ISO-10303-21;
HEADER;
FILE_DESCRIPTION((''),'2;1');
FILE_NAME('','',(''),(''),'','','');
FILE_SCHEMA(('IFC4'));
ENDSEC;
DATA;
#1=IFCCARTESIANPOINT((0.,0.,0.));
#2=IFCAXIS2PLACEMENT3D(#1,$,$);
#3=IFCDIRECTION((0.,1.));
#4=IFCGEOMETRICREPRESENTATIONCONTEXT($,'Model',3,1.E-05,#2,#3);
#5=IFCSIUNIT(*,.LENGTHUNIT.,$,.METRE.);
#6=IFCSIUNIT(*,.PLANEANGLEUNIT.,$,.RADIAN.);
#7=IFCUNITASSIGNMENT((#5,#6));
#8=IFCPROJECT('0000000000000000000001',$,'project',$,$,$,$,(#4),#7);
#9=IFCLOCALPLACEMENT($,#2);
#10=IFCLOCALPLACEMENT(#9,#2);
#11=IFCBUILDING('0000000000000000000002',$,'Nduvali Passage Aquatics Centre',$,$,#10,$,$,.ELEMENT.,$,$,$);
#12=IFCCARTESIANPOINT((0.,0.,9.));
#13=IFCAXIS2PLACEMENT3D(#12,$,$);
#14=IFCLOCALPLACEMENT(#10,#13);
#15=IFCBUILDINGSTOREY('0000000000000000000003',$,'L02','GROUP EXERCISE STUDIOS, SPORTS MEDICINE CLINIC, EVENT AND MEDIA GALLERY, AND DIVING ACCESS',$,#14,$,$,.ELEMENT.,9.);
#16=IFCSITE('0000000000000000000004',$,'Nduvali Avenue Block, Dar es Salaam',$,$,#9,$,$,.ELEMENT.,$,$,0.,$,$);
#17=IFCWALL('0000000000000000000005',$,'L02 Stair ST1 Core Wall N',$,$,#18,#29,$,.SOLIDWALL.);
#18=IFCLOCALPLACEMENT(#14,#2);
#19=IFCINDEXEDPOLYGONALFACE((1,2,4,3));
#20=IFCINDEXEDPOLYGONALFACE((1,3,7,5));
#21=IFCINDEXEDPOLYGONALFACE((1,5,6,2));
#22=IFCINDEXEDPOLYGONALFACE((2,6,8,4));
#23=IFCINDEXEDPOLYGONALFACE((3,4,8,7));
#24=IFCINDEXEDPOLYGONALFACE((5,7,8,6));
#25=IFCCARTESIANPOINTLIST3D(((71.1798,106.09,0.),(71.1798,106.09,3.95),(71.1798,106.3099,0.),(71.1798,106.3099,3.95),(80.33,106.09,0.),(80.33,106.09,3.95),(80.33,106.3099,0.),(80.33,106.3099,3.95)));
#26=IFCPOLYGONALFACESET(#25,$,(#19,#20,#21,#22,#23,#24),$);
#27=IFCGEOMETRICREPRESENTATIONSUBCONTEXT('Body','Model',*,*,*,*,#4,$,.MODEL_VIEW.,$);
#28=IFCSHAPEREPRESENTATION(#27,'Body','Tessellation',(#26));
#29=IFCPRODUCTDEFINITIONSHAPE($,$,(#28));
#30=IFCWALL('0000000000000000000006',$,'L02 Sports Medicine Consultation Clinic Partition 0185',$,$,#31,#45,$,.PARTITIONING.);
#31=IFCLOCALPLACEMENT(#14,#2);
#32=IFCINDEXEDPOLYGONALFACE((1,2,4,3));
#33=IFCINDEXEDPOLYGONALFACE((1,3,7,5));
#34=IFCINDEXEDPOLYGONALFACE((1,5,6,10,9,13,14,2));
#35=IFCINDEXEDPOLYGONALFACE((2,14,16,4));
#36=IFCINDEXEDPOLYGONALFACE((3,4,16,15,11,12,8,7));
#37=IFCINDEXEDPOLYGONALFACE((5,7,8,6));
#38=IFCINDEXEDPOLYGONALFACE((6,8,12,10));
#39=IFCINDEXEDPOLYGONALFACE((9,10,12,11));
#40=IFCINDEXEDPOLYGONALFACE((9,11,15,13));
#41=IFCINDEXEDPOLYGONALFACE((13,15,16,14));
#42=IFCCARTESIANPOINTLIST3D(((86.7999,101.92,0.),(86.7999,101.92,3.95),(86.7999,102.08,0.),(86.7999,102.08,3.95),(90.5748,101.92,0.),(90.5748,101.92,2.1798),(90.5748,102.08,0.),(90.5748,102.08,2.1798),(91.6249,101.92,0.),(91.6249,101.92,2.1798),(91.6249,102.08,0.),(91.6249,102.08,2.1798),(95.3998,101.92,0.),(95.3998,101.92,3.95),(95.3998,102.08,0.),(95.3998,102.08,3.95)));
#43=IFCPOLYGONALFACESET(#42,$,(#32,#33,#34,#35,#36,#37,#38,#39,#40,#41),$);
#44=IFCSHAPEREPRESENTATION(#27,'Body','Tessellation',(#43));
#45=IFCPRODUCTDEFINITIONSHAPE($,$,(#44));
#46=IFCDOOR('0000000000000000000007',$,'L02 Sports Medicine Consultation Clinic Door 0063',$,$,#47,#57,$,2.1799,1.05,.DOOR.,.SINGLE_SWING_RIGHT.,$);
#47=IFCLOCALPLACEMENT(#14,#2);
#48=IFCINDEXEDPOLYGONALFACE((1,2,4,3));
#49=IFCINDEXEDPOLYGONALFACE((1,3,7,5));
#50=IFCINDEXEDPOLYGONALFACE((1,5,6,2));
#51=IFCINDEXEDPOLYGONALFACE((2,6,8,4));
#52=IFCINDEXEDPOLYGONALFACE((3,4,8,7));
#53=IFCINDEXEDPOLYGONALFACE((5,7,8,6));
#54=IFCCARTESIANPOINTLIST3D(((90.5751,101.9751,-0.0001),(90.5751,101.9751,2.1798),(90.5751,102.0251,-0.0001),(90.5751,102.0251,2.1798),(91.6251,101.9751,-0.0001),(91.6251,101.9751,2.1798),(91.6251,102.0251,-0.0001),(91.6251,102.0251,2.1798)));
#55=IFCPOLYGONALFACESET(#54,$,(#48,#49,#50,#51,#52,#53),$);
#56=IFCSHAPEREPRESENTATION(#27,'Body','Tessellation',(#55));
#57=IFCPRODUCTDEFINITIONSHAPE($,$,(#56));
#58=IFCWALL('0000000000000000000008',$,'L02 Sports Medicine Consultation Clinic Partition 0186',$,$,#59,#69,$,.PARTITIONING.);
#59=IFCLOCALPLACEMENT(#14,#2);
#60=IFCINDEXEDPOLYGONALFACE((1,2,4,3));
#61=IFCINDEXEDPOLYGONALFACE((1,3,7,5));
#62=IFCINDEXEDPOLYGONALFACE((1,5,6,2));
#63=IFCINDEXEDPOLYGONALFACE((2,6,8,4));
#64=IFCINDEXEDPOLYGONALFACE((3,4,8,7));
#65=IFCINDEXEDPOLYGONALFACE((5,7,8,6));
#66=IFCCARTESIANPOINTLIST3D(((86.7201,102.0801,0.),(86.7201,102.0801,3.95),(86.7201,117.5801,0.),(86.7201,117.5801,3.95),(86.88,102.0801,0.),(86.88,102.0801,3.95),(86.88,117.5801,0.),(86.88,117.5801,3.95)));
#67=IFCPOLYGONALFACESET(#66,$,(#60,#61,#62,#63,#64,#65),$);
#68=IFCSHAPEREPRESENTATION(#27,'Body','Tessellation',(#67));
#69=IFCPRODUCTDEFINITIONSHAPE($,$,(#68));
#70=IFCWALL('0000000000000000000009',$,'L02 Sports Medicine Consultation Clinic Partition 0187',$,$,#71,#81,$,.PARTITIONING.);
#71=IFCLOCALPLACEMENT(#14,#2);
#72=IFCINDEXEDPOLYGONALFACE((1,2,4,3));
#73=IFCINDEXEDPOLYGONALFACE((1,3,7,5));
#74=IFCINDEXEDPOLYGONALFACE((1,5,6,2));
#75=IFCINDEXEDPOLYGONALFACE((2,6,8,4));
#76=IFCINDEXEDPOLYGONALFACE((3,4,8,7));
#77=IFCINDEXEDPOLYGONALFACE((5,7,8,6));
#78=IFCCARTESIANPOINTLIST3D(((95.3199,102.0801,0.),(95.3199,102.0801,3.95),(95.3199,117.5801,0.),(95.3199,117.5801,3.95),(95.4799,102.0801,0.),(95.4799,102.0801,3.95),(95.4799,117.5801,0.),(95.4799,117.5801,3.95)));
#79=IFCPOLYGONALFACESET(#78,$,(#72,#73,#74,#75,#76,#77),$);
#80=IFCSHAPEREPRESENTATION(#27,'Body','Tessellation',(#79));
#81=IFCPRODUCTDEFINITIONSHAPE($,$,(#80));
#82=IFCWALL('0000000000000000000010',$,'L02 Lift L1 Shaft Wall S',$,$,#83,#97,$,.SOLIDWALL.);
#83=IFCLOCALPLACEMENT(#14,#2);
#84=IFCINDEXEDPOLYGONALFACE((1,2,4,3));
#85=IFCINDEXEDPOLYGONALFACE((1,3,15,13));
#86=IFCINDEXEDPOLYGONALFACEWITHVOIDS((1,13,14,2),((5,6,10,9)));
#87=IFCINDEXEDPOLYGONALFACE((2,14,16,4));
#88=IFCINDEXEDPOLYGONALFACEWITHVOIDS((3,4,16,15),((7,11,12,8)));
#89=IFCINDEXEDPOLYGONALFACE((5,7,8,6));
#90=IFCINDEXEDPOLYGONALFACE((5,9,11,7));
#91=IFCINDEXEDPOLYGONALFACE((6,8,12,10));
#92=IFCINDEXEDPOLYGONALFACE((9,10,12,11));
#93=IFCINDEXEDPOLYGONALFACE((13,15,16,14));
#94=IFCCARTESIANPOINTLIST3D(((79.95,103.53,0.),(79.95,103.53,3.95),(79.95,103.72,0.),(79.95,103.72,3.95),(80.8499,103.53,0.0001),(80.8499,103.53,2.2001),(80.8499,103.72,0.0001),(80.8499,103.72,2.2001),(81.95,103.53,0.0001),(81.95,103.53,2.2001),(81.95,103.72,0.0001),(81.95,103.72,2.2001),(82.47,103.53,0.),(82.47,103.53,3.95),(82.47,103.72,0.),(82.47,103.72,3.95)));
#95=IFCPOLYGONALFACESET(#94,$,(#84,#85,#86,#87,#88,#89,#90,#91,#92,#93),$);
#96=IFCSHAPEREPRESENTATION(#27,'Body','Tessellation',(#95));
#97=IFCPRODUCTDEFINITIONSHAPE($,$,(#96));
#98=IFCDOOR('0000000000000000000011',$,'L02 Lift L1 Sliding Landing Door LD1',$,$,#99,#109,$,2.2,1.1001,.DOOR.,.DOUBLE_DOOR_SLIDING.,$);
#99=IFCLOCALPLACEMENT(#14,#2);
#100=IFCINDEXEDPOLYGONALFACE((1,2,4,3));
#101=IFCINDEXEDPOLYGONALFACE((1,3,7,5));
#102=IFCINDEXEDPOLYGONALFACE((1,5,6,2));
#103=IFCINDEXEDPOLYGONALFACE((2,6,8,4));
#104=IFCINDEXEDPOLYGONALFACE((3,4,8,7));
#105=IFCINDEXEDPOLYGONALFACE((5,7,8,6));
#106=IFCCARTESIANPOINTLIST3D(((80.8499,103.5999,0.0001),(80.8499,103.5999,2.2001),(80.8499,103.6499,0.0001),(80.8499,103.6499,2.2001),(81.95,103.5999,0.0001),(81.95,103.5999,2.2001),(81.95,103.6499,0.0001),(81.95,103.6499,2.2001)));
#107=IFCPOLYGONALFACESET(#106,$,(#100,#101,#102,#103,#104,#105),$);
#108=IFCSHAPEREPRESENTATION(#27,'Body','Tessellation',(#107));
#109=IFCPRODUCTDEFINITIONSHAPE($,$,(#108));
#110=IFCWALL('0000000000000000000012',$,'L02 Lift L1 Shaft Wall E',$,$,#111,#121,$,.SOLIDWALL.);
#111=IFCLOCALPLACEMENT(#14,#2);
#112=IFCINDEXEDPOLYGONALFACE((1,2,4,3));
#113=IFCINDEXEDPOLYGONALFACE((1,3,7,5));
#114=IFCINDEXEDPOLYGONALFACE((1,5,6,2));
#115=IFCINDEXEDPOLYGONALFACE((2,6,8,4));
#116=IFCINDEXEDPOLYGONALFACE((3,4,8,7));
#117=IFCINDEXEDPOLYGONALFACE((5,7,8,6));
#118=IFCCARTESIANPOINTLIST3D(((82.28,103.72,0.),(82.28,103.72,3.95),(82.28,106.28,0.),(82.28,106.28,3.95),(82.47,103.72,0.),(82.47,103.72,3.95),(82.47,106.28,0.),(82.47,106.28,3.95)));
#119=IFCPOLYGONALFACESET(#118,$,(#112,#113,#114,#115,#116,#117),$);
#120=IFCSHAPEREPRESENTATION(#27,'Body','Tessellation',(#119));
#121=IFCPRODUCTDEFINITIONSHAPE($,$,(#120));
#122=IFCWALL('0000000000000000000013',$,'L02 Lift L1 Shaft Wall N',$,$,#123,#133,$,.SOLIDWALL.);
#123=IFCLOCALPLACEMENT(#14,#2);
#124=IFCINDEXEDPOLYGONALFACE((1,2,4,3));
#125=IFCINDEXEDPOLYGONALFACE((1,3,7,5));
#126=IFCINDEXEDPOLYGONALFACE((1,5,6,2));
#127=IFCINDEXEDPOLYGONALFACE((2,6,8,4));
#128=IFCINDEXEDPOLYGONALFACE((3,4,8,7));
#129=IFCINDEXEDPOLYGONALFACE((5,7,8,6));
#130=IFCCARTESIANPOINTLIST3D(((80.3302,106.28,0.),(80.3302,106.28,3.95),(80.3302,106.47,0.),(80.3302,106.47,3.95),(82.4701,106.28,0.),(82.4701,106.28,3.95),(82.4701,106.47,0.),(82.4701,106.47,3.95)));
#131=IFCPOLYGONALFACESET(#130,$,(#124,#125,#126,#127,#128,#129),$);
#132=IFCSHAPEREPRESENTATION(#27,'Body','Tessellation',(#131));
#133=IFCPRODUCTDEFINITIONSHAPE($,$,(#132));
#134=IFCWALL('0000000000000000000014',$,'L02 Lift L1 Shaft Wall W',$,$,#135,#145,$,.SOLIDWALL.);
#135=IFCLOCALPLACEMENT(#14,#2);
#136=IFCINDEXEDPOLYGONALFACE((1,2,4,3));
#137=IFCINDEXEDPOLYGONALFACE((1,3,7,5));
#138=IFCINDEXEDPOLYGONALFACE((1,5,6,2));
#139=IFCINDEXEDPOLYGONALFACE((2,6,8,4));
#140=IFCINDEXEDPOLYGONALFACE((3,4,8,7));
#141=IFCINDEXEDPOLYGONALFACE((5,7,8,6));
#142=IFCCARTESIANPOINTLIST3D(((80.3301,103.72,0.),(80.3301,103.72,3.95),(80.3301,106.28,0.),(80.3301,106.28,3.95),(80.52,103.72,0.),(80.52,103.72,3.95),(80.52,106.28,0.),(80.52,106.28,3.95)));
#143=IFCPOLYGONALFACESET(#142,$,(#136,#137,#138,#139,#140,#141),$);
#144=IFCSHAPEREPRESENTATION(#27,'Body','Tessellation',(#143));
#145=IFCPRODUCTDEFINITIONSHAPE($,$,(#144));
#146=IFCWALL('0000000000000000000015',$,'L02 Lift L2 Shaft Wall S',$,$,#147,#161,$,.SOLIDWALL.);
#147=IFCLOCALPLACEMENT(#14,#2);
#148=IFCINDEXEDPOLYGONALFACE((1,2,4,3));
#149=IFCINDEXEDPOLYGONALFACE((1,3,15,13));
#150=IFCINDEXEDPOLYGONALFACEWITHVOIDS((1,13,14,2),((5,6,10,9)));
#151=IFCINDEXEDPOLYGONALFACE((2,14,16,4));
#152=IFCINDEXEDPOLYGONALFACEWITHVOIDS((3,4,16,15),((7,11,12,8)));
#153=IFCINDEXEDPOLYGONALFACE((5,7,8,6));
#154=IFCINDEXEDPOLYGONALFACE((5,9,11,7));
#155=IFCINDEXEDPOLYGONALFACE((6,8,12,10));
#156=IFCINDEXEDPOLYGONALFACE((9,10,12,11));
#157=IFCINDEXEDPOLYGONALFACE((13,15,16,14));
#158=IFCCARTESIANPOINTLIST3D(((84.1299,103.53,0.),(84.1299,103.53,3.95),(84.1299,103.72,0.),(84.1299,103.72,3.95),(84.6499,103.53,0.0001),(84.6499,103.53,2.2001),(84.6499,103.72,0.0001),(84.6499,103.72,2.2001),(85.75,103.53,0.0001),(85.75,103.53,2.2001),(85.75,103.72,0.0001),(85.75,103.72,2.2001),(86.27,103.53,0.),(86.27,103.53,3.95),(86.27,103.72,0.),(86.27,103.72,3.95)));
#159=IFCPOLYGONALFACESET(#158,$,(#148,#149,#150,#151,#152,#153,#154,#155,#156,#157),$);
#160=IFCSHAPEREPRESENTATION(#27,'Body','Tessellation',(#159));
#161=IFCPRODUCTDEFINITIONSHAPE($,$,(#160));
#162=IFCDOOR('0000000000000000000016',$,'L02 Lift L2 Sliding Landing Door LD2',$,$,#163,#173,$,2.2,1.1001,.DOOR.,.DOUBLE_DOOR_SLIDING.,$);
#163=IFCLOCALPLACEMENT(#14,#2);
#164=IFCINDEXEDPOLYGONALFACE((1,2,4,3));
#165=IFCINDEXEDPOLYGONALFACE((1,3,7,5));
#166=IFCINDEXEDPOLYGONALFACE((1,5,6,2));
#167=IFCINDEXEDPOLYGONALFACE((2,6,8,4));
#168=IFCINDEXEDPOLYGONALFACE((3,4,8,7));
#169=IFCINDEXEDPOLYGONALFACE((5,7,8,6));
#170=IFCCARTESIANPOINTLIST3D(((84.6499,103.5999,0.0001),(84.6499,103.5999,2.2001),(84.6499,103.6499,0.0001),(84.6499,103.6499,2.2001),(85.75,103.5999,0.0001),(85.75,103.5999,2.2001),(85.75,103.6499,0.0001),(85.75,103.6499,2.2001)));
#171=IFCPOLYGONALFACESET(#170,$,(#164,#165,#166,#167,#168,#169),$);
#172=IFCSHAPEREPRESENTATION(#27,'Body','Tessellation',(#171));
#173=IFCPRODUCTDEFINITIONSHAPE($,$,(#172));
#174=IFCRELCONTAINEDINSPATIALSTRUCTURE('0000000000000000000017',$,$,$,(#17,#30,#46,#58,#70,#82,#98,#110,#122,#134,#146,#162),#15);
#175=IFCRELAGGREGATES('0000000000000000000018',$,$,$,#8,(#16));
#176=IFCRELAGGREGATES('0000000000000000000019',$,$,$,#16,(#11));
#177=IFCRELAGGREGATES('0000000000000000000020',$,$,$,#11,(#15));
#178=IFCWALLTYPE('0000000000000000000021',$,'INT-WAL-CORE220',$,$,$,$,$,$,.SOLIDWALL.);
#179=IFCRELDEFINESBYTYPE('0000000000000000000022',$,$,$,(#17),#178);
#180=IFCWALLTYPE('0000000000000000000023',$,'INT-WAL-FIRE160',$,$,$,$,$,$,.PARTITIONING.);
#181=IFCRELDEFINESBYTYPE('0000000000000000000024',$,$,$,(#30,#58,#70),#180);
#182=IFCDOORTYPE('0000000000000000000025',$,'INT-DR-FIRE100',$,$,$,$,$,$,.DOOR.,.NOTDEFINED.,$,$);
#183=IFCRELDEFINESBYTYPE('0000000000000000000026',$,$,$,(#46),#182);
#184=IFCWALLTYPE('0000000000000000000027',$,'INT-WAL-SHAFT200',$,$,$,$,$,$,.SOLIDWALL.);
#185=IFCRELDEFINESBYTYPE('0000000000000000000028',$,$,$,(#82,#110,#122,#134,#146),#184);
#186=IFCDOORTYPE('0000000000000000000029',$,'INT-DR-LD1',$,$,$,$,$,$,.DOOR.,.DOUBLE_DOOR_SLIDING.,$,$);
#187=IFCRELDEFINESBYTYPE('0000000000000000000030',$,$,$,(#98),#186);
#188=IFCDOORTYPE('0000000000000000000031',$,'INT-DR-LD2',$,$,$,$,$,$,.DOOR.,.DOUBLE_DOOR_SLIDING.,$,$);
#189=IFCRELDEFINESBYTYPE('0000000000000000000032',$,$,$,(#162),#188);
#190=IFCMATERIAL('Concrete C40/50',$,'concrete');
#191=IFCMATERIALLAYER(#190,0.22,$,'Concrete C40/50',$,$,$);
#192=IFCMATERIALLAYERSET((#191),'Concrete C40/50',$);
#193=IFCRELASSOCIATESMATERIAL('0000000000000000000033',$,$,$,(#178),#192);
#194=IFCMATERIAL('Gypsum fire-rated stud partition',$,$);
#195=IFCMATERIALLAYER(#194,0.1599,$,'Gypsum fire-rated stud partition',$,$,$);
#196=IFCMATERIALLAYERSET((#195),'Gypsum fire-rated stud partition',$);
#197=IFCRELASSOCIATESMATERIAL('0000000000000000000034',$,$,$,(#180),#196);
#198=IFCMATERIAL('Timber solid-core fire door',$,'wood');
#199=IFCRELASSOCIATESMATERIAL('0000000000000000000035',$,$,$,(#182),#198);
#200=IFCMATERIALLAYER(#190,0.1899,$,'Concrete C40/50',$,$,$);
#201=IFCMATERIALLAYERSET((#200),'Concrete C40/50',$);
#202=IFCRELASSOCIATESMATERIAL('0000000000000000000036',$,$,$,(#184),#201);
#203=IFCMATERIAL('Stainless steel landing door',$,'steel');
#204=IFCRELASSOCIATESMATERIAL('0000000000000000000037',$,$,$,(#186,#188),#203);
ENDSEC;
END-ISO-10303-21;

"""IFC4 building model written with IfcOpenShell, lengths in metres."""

from ifc_helpers import new_model, si_unit, direction, frame, frame_2d, origin, place, context, subcontext, project, spatial, rectangle, extrude, material, layer, layer_set, type_object, element, fill, save


model = new_model("IFC4")

# Units and contexts
model_context = context("Model", 3, precision=1e-05, world=origin(), true_north=direction((0.0, 1.0)))
body_context = subcontext(model_context, "Body", "Model", "MODEL_VIEW")
ifc_project = project(units=[si_unit("LENGTHUNIT", "METRE"), si_unit("PLANEANGLEUNIT", "RADIAN")], contexts=[model_context])

# Site, building, storey
site_placement = place(None, origin())
site = spatial("IfcSite", under=ifc_project, at=site_placement, Name="Nduvali Avenue Block, Dar es Salaam", CompositionType="ELEMENT", RefElevation=0.0)
building_placement = place(site_placement, origin())
building = spatial("IfcBuilding", under=site, at=building_placement, Name="Nduvali Passage Aquatics Centre", CompositionType="ELEMENT")
storey_placement = place(building_placement, frame((0.0, 0.0, 9.0)))
storey = spatial("IfcBuildingStorey", under=building, at=storey_placement, Name="L02", Description="GROUP EXERCISE STUDIOS, SPORTS MEDICINE CLINIC, EVENT AND MEDIA GALLERY, AND DIVING ACCESS", CompositionType="ELEMENT", Elevation=9.0)

# Wall
ifc_material_1 = material(Name="Concrete C40/50", Category="concrete")
ifc_layer_1 = layer(ifc_material_1, 0.22, Name="Concrete C40/50")
ifc_layer_set_1 = layer_set([ifc_layer_1], Name="Concrete C40/50")
wall_type_1 = type_object("IfcWallType", Name="INT-WAL-CORE220", PredefinedType="SOLIDWALL", material=ifc_layer_set_1)
wall_1_placement = place(storey_placement, frame((80.3301, 106.2, 0.0), z_axis=(0.0, 0.0, 1.0), x_axis=(-1.0, 0.0, 0.0)))
element("IfcWall", 1, at=wall_1_placement, inside=storey, type_object=wall_type_1, Name="L02 Stair ST1 Core Wall N", PredefinedType="SOLIDWALL", context=body_context, shape_type="SweptSolid", body=[
    extrude(rectangle(XDim=9.1501, YDim=0.22, at=frame_2d((4.5752, 0.0))), origin(), (0.0, 0.0, 1.0), 3.95),
])

# Wall, opening, door
ifc_material_2 = material(Name="Gypsum fire-rated stud partition")
ifc_layer_2 = layer(ifc_material_2, 0.1599, Name="Gypsum fire-rated stud partition")
ifc_layer_set_2 = layer_set([ifc_layer_2], Name="Gypsum fire-rated stud partition")
wall_type_2 = type_object("IfcWallType", Name="INT-WAL-FIRE160", PredefinedType="PARTITIONING", material=ifc_layer_set_2)
wall_2_placement = place(storey_placement, frame((86.8, 102.0, 0.0), z_axis=(0.0, 0.0, 1.0), x_axis=(1.0, 0.0, 0.0)))
wall_2 = element("IfcWall", 2, at=wall_2_placement, inside=storey, type_object=wall_type_2, Name="L02 Sports Medicine Consultation Clinic Partition 0185", PredefinedType="PARTITIONING", context=body_context, shape_type="SweptSolid", body=[
    extrude(rectangle(XDim=8.5999, YDim=0.1599, at=frame_2d((4.2998, 0.0))), origin(), (0.0, 0.0, 1.0), 3.95),
])
opening_1_placement = place(wall_2_placement, frame((3.7749, 0.0, 0.0)))
opening_1 = element("IfcOpeningElement", 3, at=opening_1_placement, cuts=wall_2, PredefinedType="OPENING", context=body_context, shape_type="SweptSolid", body=[
    extrude(rectangle(XDim=1.05, YDim=2.1799, at=frame_2d((0.5249, 1.0898))), frame((0.0, 0.0947, 0.0), z_axis=(0.0, -1.0, 0.0), x_axis=(1.0, 0.0, 0.0)), (0.0, 0.0, 1.0), 0.1897),
])
ifc_material_3 = material(Name="Timber solid-core fire door", Category="wood")
door_type_1 = type_object("IfcDoorType", Name="INT-DR-FIRE100", OperationType="NOTDEFINED", PredefinedType="DOOR", material=ifc_material_3)
door_1_placement = place(opening_1_placement, frame((1.05, 0.0, 0.0), z_axis=(0.0, 0.0, 1.0), x_axis=(-1.0, 0.0, 0.0)))
door_1 = element("IfcDoor", 4, at=door_1_placement, inside=storey, type_object=door_type_1, Name="L02 Sports Medicine Consultation Clinic Door 0063", OperationType="SINGLE_SWING_RIGHT", OverallHeight=2.1799, OverallWidth=1.05, PredefinedType="DOOR", context=body_context, shape_type="SweptSolid", body=[
    extrude(rectangle(XDim=1.05, YDim=2.1799, at=frame_2d((0.5249, 1.0898))), frame((0.0, 0.0249, 0.0), z_axis=(0.0, -1.0, 0.0), x_axis=(1.0, 0.0, 0.0)), (0.0, 0.0, 1.0), 0.05),
])
fill(opening_1, door_1)

# Walls
for number, where, z_axis, x_axis, name in (
    (5, (86.8, 102.0801, 0.0), (0.0, 0.0, 1.0), (0.0, 1.0, 0.0), "L02 Sports Medicine Consultation Clinic Partition 0186"),
    (6, (95.3999, 102.0801, 0.0), (0.0, 0.0, 1.0), (0.0, 1.0, 0.0), "L02 Sports Medicine Consultation Clinic Partition 0187"),
):
    element("IfcWall", number, at=place(storey_placement, frame(where, z_axis=z_axis, x_axis=x_axis)), inside=storey, type_object=wall_type_2, Name=name, PredefinedType="PARTITIONING", context=body_context, shape_type="SweptSolid", body=[
        extrude(rectangle(XDim=15.5, YDim=0.1599, at=frame_2d((7.75, 0.0))), origin(), (0.0, 0.0, 1.0), 3.95),
    ])

# Wall, opening, door
ifc_layer_3 = layer(ifc_material_1, 0.1899, Name="Concrete C40/50")
ifc_layer_set_3 = layer_set([ifc_layer_3], Name="Concrete C40/50")
wall_type_3 = type_object("IfcWallType", Name="INT-WAL-SHAFT200", PredefinedType="SOLIDWALL", material=ifc_layer_set_3)
wall_3_placement = place(storey_placement, frame((79.95, 103.625, 0.0), z_axis=(0.0, 0.0, 1.0), x_axis=(1.0, 0.0, 0.0)))
wall_3 = element("IfcWall", 7, at=wall_3_placement, inside=storey, type_object=wall_type_3, Name="L02 Lift L1 Shaft Wall S", PredefinedType="SOLIDWALL", context=body_context, shape_type="SweptSolid", body=[
    extrude(rectangle(XDim=2.52, YDim=0.1899, at=frame_2d((1.26, 0.0))), origin(), (0.0, 0.0, 1.0), 3.95),
])
opening_2_placement = place(wall_3_placement, frame((0.8999, 0.0, 0.0)))
opening_2 = element("IfcOpeningElement", 8, at=opening_2_placement, cuts=wall_3, PredefinedType="OPENING", context=body_context, shape_type="SweptSolid", body=[
    extrude(rectangle(XDim=1.1001, YDim=2.2, at=frame_2d((0.55, 1.1001))), frame((0.0, 0.1099, 0.0), z_axis=(0.0, -1.0, 0.0), x_axis=(1.0, 0.0, 0.0)), (0.0, 0.0, 1.0), 0.2197),
])
ifc_material_4 = material(Name="Stainless steel landing door", Category="steel")
door_type_2 = type_object("IfcDoorType", Name="INT-DR-LD1", OperationType="DOUBLE_DOOR_SLIDING", PredefinedType="DOOR", material=ifc_material_4)
door_2_placement = place(opening_2_placement, origin())
door_2 = element("IfcDoor", 9, at=door_2_placement, inside=storey, type_object=door_type_2, Name="L02 Lift L1 Sliding Landing Door LD1", OperationType="DOUBLE_DOOR_SLIDING", OverallHeight=2.2, OverallWidth=1.1001, PredefinedType="DOOR", context=body_context, shape_type="SweptSolid", body=[
    extrude(rectangle(XDim=1.1001, YDim=2.2, at=frame_2d((0.55, 1.1001))), frame((0.0, 0.0249, 0.0), z_axis=(0.0, -1.0, 0.0), x_axis=(1.0, 0.0, 0.0)), (0.0, 0.0, 1.0), 0.05),
])
fill(opening_2, door_2)

# Walls
wall_4_placement = place(storey_placement, frame((82.375, 103.72, 0.0), z_axis=(0.0, 0.0, 1.0), x_axis=(0.0, 1.0, 0.0)))
element("IfcWall", 10, at=wall_4_placement, inside=storey, type_object=wall_type_3, Name="L02 Lift L1 Shaft Wall E", PredefinedType="SOLIDWALL", context=body_context, shape_type="SweptSolid", body=[
    extrude(rectangle(XDim=2.5601, YDim=0.1899, at=frame_2d((1.28, 0.0))), origin(), (0.0, 0.0, 1.0), 3.95),
])
wall_5_placement = place(storey_placement, frame((82.47, 106.375, 0.0), z_axis=(0.0, 0.0, 1.0), x_axis=(-1.0, 0.0, 0.0)))
element("IfcWall", 11, at=wall_5_placement, inside=storey, type_object=wall_type_3, Name="L02 Lift L1 Shaft Wall N", PredefinedType="SOLIDWALL", context=body_context, shape_type="SweptSolid", body=[
    extrude(rectangle(XDim=2.1399, YDim=0.1899, at=frame_2d((1.0698, 0.0))), origin(), (0.0, 0.0, 1.0), 3.95),
])
wall_6_placement = place(storey_placement, frame((80.425, 106.28, 0.0), z_axis=(0.0, 0.0, 1.0), x_axis=(0.0, -1.0, 0.0)))
element("IfcWall", 12, at=wall_6_placement, inside=storey, type_object=wall_type_3, Name="L02 Lift L1 Shaft Wall W", PredefinedType="SOLIDWALL", context=body_context, shape_type="SweptSolid", body=[
    extrude(rectangle(XDim=2.5601, YDim=0.1899, at=frame_2d((1.28, 0.0))), origin(), (0.0, 0.0, 1.0), 3.95),
])

# Wall, opening, door
wall_7_placement = place(storey_placement, frame((84.1299, 103.625, 0.0), z_axis=(0.0, 0.0, 1.0), x_axis=(1.0, 0.0, 0.0)))
wall_7 = element("IfcWall", 13, at=wall_7_placement, inside=storey, type_object=wall_type_3, Name="L02 Lift L2 Shaft Wall S", PredefinedType="SOLIDWALL", context=body_context, shape_type="SweptSolid", body=[
    extrude(rectangle(XDim=2.1401, YDim=0.1899, at=frame_2d((1.0701, 0.0))), origin(), (0.0, 0.0, 1.0), 3.95),
])
opening_3_placement = place(wall_7_placement, frame((0.52, 0.0, 0.0)))
opening_3 = element("IfcOpeningElement", 14, at=opening_3_placement, cuts=wall_7, PredefinedType="OPENING", context=body_context, shape_type="SweptSolid", body=[
    extrude(rectangle(XDim=1.1001, YDim=2.2, at=frame_2d((0.55, 1.1001))), frame((0.0, 0.1099, 0.0), z_axis=(0.0, -1.0, 0.0), x_axis=(1.0, 0.0, 0.0)), (0.0, 0.0, 1.0), 0.2197),
])
door_type_3 = type_object("IfcDoorType", Name="INT-DR-LD2", OperationType="DOUBLE_DOOR_SLIDING", PredefinedType="DOOR", material=ifc_material_4)
door_3_placement = place(opening_3_placement, origin())
door_3 = element("IfcDoor", 15, at=door_3_placement, inside=storey, type_object=door_type_3, Name="L02 Lift L2 Sliding Landing Door LD2", OperationType="DOUBLE_DOOR_SLIDING", OverallHeight=2.2, OverallWidth=1.1001, PredefinedType="DOOR", context=body_context, shape_type="SweptSolid", body=[
    extrude(rectangle(XDim=1.1001, YDim=2.2, at=frame_2d((0.55, 1.1001))), frame((0.0, 0.0249, 0.0), z_axis=(0.0, -1.0, 0.0), x_axis=(1.0, 0.0, 0.0)), (0.0, 0.0, 1.0), 0.05),
])
fill(opening_3, door_3)

save(model, "model.ifc")
